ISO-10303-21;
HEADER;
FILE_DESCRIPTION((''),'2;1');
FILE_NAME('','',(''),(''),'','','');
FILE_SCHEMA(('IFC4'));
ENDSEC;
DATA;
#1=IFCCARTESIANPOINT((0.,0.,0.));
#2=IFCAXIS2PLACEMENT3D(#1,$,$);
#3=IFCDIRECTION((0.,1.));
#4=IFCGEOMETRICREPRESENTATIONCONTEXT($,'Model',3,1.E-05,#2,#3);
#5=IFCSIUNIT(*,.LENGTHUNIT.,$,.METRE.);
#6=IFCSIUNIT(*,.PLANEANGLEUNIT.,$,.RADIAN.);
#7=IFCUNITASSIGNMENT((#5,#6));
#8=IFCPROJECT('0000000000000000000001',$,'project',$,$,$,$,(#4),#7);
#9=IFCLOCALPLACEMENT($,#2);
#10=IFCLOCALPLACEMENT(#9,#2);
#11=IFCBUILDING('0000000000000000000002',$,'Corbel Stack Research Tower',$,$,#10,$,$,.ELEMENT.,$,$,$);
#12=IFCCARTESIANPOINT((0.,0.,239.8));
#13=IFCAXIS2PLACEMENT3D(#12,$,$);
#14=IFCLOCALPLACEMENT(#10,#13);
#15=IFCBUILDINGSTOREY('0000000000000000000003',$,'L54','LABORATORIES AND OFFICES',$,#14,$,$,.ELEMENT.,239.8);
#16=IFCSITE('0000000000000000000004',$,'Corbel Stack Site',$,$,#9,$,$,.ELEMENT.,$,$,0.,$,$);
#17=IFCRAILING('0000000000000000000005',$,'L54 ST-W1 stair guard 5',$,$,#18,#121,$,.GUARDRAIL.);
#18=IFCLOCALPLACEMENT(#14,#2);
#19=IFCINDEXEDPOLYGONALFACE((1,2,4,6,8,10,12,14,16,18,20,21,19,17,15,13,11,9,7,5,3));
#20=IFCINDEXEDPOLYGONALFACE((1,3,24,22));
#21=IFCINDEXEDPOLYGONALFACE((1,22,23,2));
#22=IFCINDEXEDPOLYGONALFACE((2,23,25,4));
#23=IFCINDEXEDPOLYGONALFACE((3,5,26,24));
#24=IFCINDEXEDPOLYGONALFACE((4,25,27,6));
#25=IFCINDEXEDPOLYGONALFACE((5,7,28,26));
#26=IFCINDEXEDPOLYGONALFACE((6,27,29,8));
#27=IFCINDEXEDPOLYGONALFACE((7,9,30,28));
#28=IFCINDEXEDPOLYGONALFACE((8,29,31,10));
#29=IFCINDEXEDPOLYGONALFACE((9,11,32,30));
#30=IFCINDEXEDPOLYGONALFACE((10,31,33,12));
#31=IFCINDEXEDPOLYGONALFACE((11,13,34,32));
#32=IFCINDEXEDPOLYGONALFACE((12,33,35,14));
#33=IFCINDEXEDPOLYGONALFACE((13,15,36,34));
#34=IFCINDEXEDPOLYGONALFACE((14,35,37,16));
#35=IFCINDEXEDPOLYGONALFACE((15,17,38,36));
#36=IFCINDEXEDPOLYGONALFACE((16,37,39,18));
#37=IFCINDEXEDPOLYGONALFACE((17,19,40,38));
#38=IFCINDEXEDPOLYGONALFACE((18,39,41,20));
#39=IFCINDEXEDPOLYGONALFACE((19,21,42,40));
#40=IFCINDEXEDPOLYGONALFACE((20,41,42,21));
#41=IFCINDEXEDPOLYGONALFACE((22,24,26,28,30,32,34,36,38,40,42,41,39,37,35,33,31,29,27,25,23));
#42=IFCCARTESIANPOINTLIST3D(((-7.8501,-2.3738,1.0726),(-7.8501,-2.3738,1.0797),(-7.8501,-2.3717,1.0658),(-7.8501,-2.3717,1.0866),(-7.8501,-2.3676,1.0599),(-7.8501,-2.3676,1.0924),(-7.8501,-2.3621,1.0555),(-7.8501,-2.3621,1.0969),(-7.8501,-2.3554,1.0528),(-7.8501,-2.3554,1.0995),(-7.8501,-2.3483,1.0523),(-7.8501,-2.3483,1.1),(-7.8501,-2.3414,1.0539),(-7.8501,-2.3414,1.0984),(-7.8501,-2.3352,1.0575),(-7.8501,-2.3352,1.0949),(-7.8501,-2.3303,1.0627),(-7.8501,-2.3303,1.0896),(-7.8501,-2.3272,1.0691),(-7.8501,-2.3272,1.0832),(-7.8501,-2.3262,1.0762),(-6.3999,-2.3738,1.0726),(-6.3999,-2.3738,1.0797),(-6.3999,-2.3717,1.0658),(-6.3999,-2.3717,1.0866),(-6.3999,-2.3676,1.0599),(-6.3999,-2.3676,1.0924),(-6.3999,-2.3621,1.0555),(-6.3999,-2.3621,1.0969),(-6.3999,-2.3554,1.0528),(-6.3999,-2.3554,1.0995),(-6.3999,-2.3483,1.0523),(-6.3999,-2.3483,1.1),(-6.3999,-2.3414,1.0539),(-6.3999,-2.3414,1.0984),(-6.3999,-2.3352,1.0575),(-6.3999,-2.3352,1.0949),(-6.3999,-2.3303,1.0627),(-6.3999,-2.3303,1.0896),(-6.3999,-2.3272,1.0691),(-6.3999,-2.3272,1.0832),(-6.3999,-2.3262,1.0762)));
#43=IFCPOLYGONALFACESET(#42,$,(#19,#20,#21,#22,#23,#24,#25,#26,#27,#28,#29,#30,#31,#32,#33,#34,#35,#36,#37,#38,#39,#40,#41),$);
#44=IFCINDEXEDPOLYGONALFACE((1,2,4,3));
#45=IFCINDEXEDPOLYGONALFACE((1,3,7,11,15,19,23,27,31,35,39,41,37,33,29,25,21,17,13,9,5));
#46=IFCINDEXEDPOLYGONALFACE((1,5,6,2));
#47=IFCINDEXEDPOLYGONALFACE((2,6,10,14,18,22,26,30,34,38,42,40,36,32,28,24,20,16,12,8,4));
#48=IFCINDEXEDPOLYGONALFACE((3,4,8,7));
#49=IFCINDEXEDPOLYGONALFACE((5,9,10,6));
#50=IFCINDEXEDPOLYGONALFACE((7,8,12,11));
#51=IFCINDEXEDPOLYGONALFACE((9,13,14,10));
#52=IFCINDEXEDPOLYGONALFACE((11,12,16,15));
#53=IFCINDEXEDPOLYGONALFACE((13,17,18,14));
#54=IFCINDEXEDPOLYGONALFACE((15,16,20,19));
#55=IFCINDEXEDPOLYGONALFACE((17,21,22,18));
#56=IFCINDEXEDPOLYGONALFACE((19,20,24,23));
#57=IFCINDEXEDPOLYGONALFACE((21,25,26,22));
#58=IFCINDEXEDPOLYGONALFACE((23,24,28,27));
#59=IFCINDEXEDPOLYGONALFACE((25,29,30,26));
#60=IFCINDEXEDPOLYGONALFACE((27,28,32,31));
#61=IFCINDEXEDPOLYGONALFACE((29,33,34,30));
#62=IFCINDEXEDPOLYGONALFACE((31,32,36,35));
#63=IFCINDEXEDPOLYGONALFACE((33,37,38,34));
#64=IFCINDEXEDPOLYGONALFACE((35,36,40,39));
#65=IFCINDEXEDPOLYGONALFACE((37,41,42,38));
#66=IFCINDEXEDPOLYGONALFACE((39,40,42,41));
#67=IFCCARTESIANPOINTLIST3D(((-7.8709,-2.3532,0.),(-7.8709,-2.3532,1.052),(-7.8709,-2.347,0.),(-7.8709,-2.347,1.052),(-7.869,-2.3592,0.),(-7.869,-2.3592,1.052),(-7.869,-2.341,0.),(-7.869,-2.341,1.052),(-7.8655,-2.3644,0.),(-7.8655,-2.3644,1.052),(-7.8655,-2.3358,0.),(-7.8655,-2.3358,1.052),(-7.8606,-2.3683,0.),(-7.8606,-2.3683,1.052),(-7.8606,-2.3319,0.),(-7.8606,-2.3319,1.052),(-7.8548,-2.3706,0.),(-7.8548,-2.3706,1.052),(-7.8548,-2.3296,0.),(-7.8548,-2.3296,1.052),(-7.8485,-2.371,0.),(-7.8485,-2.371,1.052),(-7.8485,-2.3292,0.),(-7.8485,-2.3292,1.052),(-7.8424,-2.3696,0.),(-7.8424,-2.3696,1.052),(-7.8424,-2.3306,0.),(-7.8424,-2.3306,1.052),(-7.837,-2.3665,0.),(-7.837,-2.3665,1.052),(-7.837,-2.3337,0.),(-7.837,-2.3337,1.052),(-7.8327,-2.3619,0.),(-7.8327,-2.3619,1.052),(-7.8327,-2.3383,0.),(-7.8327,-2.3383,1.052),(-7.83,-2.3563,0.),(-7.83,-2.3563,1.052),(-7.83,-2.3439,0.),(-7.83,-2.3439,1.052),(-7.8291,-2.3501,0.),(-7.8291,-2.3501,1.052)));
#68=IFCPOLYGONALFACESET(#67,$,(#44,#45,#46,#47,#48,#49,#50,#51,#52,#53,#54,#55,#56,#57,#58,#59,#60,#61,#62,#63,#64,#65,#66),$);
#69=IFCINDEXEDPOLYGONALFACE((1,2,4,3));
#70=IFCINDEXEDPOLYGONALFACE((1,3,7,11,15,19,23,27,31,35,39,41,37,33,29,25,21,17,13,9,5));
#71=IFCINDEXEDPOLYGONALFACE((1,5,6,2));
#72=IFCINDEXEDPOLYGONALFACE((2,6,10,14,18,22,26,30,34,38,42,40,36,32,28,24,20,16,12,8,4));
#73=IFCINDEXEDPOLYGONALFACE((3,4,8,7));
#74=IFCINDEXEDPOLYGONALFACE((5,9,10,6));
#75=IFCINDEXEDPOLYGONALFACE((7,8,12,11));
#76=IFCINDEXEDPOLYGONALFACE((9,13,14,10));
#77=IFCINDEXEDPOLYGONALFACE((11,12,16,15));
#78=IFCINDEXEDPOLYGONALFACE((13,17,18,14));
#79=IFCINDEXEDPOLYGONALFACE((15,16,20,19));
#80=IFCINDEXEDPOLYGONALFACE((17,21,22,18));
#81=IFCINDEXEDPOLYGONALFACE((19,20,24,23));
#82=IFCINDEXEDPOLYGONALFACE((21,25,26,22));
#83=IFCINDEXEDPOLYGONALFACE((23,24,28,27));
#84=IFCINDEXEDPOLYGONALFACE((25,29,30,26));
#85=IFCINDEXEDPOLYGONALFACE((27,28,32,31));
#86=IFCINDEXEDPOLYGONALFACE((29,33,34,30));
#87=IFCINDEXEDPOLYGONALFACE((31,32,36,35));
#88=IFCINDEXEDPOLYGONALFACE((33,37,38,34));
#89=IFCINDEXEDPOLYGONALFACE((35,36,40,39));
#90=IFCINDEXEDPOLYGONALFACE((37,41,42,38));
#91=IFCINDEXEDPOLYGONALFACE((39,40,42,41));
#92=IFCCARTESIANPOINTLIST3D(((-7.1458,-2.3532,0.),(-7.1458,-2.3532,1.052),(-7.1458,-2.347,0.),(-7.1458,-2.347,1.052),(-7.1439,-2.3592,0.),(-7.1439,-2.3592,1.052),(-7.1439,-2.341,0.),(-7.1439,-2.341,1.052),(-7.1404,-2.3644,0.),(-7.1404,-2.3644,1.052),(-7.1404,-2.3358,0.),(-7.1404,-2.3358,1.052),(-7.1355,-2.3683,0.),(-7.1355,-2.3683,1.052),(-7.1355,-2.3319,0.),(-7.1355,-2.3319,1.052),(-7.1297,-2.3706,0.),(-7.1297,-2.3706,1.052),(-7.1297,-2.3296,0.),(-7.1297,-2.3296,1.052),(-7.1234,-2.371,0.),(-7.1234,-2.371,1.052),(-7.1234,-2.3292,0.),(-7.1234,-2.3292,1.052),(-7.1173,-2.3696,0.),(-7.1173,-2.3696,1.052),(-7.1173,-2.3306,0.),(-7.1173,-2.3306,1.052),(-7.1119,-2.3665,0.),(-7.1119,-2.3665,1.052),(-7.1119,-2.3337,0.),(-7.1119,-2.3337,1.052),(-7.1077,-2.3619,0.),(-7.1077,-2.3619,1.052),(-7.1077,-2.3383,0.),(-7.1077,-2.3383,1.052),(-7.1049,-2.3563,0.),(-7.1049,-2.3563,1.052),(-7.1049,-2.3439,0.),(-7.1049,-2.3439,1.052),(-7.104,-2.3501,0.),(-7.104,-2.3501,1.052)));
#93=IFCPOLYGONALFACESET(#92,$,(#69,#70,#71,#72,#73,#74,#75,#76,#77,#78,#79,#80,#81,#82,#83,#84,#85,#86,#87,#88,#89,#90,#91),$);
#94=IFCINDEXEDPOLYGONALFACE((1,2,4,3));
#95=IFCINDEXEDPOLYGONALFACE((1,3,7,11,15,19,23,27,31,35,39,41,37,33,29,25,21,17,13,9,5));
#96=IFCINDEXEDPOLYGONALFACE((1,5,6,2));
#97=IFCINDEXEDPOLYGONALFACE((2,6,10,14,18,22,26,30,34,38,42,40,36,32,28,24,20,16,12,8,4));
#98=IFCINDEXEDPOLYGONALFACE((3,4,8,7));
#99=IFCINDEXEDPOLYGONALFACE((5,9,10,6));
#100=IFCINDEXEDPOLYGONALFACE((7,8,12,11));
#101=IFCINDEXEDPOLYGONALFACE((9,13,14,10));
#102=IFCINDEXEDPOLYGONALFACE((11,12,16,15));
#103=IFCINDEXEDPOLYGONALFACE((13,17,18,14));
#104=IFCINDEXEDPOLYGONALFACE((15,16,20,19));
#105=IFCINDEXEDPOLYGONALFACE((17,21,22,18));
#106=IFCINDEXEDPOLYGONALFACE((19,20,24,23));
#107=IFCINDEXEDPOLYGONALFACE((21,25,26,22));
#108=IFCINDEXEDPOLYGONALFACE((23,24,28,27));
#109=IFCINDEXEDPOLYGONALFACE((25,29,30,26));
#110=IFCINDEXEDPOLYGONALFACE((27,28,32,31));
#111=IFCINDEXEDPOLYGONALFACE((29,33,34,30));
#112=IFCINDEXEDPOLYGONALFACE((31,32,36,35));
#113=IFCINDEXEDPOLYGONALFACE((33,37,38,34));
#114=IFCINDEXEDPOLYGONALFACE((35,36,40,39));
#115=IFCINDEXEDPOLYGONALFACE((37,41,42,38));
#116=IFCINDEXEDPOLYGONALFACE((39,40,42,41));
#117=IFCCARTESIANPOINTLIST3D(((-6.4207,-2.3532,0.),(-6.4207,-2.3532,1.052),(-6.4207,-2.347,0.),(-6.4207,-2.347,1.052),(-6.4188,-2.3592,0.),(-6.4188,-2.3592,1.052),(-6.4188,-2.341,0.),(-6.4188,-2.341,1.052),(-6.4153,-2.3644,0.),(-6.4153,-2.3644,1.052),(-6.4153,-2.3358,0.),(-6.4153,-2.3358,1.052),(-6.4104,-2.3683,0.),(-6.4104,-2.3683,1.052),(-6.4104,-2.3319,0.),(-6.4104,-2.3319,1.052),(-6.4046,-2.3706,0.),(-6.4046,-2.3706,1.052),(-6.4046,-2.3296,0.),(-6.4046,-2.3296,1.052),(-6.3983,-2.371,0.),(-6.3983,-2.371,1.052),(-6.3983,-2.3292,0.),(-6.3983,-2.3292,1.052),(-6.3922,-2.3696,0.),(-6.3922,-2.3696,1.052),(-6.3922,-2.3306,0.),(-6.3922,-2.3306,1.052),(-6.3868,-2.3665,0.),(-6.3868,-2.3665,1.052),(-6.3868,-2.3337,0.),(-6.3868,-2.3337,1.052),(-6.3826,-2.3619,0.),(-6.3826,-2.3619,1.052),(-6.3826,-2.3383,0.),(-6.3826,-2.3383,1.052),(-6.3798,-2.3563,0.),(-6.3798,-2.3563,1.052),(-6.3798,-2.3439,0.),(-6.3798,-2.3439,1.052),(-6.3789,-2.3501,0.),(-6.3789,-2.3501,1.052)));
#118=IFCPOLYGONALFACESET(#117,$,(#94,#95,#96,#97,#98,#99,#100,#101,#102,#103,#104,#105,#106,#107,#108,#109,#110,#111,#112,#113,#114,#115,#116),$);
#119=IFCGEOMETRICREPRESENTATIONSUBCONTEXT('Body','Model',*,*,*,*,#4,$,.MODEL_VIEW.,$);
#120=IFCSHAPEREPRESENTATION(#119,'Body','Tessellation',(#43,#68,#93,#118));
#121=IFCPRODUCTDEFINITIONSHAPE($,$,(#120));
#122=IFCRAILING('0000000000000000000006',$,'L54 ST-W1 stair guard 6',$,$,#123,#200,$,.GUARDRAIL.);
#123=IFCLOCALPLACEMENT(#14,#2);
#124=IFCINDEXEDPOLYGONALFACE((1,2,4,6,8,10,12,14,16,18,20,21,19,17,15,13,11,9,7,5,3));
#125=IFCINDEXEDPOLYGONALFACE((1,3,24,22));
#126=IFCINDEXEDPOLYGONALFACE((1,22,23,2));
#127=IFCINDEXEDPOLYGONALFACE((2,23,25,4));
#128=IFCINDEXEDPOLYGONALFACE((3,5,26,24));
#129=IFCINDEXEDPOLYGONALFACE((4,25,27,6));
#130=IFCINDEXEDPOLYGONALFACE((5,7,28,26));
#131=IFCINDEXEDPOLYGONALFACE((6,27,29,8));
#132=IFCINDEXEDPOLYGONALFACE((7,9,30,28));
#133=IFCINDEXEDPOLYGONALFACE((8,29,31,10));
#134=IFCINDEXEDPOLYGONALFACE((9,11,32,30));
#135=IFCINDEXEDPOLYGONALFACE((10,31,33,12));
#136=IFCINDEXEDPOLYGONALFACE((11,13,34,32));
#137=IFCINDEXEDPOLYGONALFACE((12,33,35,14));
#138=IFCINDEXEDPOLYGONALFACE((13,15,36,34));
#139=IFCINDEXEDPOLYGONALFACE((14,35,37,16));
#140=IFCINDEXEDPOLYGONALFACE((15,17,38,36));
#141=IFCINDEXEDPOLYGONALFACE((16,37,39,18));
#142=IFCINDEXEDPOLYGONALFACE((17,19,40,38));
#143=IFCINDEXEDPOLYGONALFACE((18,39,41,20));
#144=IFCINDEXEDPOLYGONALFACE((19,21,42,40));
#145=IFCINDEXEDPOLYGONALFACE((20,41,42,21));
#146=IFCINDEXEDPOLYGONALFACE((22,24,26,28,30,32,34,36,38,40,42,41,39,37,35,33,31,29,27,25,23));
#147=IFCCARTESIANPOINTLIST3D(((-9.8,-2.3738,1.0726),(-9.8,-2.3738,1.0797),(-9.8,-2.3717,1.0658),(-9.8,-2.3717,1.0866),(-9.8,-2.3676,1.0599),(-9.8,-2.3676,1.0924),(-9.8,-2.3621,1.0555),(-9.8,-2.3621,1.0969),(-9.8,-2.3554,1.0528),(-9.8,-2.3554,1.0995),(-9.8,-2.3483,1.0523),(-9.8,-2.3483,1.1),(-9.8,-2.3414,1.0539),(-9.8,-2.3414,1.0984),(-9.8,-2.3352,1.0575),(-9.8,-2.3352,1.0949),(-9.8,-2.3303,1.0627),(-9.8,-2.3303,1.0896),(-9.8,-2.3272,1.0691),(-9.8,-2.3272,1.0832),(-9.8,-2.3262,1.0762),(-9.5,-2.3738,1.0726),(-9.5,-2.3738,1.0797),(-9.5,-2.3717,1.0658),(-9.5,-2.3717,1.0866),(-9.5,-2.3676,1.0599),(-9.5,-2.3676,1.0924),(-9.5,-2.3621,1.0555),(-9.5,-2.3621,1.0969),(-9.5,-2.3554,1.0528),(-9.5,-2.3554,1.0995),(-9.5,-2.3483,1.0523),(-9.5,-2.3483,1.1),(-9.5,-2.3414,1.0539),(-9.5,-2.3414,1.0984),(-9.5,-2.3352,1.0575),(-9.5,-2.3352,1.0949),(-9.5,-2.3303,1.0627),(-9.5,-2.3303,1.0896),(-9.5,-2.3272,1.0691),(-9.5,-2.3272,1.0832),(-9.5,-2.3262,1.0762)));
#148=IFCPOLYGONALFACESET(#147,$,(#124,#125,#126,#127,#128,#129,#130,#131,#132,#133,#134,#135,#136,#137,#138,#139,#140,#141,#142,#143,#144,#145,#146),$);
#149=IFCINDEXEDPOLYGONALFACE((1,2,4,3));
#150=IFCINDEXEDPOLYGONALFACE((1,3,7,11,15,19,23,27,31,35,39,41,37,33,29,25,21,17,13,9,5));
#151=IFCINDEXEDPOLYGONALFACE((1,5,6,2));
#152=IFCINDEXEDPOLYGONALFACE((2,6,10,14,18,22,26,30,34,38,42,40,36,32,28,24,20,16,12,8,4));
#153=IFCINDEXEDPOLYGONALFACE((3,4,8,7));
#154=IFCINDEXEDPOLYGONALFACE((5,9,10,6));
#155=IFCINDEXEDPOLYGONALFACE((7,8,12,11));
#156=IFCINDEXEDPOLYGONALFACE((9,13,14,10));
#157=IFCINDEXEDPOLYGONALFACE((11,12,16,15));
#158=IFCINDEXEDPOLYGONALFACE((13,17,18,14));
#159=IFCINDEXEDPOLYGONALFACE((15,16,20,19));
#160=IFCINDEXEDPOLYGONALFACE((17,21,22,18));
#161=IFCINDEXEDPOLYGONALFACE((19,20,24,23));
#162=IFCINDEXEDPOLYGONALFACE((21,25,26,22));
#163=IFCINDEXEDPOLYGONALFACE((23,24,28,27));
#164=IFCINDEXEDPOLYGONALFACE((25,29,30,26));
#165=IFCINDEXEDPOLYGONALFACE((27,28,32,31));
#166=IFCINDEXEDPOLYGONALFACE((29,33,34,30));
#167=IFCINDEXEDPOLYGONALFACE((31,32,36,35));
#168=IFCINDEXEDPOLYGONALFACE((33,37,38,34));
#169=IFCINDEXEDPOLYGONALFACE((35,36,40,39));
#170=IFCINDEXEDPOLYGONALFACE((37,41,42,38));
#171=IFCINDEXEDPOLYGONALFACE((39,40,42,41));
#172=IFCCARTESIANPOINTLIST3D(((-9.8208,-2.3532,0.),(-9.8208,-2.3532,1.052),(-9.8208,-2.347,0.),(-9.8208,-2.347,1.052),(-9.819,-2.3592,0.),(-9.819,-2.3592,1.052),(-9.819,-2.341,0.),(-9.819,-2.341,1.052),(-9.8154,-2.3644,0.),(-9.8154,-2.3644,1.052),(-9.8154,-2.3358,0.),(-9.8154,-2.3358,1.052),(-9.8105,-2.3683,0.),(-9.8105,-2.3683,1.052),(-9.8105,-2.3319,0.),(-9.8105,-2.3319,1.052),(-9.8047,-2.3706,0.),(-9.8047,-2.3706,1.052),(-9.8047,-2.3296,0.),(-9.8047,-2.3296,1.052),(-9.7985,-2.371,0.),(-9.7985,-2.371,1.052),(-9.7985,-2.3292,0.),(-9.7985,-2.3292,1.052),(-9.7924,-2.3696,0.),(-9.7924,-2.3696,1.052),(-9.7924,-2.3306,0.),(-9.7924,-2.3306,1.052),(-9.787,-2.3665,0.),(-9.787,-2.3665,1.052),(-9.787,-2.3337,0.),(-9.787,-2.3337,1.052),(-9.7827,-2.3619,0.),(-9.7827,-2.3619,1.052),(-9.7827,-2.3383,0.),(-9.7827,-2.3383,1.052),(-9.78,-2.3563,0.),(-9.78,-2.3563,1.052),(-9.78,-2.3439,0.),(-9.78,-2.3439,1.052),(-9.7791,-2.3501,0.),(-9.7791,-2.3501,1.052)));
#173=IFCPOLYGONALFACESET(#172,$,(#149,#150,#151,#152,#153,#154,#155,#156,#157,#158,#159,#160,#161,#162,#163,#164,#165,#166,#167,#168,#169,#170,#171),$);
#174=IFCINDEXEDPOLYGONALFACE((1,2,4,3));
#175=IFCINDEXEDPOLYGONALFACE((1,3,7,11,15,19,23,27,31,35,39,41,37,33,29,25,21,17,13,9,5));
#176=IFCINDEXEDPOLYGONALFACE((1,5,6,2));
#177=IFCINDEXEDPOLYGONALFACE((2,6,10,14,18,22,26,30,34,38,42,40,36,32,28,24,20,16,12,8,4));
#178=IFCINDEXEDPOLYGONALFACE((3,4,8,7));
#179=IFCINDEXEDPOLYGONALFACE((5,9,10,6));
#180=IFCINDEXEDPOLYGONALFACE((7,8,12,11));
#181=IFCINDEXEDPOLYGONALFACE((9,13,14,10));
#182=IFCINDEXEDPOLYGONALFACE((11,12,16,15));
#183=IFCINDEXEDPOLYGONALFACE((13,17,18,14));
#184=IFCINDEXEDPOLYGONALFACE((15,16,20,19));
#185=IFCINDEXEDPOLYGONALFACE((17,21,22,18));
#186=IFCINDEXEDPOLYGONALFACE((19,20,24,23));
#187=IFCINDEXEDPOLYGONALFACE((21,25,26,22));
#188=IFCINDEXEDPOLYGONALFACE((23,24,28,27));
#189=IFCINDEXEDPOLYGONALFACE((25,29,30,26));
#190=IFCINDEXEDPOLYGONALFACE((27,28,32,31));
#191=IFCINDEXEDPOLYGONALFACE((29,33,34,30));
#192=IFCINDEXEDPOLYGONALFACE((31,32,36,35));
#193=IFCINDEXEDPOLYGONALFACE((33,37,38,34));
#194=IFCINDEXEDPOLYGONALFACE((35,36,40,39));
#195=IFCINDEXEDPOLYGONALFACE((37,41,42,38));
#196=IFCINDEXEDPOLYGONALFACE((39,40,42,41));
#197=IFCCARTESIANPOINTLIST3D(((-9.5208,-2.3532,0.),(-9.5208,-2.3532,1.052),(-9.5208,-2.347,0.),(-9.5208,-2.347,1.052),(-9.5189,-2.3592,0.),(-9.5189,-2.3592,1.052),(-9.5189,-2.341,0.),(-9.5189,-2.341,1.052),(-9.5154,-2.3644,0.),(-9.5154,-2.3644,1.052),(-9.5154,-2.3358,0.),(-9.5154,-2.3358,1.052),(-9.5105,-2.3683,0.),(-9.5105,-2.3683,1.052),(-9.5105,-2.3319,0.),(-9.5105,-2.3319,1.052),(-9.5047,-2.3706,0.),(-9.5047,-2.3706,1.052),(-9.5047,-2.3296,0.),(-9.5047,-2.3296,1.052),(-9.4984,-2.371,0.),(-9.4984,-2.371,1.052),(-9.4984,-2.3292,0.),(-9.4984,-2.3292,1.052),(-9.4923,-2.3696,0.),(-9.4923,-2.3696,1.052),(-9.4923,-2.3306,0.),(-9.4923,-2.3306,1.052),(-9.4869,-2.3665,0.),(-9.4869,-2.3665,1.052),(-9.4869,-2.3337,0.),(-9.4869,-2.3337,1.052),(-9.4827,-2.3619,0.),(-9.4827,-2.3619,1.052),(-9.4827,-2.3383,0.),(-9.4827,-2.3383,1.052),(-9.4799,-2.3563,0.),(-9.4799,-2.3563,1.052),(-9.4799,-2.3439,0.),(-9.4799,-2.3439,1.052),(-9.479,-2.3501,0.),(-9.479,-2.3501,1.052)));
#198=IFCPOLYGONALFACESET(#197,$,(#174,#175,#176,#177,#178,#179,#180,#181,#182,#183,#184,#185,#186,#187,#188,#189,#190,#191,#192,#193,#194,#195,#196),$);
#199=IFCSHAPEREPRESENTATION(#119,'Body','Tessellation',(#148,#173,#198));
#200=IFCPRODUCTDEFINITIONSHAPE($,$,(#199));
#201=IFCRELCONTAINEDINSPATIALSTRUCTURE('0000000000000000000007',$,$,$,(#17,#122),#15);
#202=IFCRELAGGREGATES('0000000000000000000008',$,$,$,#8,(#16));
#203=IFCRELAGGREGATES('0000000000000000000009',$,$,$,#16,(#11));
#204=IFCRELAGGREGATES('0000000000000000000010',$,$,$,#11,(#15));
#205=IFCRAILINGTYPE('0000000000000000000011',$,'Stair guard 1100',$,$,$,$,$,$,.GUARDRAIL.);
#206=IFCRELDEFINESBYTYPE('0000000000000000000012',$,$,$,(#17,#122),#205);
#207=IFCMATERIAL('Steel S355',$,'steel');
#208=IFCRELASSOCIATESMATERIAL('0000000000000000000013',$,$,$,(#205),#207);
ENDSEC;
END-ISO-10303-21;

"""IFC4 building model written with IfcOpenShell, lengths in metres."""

from ifc_helpers import new_model, si_unit, direction, frame, origin, origin_2d, place, context, subcontext, project, spatial, circle, extrude, material, type_object, element, save


model = new_model("IFC4")

# Units and contexts
model_context = context("Model", 3, precision=1e-05, world=origin(), true_north=direction((0.0, 1.0)))
body_context = subcontext(model_context, "Body", "Model", "MODEL_VIEW")
ifc_project = project(units=[si_unit("LENGTHUNIT", "METRE"), si_unit("PLANEANGLEUNIT", "RADIAN")], contexts=[model_context])

# Site, building, storey
site_placement = place(None, origin())
site = spatial("IfcSite", under=ifc_project, at=site_placement, Name="Corbel Stack Site", CompositionType="ELEMENT", RefElevation=0.0)
building_placement = place(site_placement, origin())
building = spatial("IfcBuilding", under=site, at=building_placement, Name="Corbel Stack Research Tower", CompositionType="ELEMENT")
storey_placement = place(building_placement, frame((0.0, 0.0, 239.8)))
storey = spatial("IfcBuildingStorey", under=building, at=storey_placement, Name="L54", Description="LABORATORIES AND OFFICES", CompositionType="ELEMENT", Elevation=239.8)

# Railings
ifc_material_1 = material(Name="Steel S355", Category="steel")
railing_type_1 = type_object("IfcRailingType", Name="Stair guard 1100", PredefinedType="GUARDRAIL", material=ifc_material_1)
railing_1_placement = place(storey_placement, frame((-7.8501, -2.3501, 0.0)))
element("IfcRailing", 1, at=railing_1_placement, inside=storey, type_object=railing_type_1, Name="L54 ST-W1 stair guard 5", PredefinedType="GUARDRAIL", context=body_context, shape_type="SweptSolid", body=[
    extrude(circle(Radius=0.0239, at=origin_2d()), frame((0.0, 0.0, 1.0762), z_axis=(1.0, 0.0, 0.0), x_axis=(0.0, 1.0, 0.0)), (0.0, 0.0, 1.0), 1.4502),
    extrude(circle(Radius=0.021, at=origin_2d()), origin(), (0.0, 0.0, 1.0), 1.052),
    extrude(circle(Radius=0.021, at=origin_2d()), frame((0.7251, 0.0, 0.0)), (0.0, 0.0, 1.0), 1.052),
    extrude(circle(Radius=0.021, at=origin_2d()), frame((1.4502, 0.0, 0.0)), (0.0, 0.0, 1.0), 1.052),
])
railing_2_placement = place(storey_placement, frame((-9.8, -2.3501, 0.0)))
element("IfcRailing", 2, at=railing_2_placement, inside=storey, type_object=railing_type_1, Name="L54 ST-W1 stair guard 6", PredefinedType="GUARDRAIL", context=body_context, shape_type="SweptSolid", body=[
    extrude(circle(Radius=0.0239, at=origin_2d()), frame((0.0, 0.0, 1.0762), z_axis=(1.0, 0.0, 0.0), x_axis=(0.0, 1.0, 0.0)), (0.0, 0.0, 1.0), 0.3),
    extrude(circle(Radius=0.021, at=origin_2d()), origin(), (0.0, 0.0, 1.0), 1.052),
    extrude(circle(Radius=0.021, at=origin_2d()), frame((0.3, 0.0, 0.0)), (0.0, 0.0, 1.0), 1.052),
])

save(model, "model.ifc")
